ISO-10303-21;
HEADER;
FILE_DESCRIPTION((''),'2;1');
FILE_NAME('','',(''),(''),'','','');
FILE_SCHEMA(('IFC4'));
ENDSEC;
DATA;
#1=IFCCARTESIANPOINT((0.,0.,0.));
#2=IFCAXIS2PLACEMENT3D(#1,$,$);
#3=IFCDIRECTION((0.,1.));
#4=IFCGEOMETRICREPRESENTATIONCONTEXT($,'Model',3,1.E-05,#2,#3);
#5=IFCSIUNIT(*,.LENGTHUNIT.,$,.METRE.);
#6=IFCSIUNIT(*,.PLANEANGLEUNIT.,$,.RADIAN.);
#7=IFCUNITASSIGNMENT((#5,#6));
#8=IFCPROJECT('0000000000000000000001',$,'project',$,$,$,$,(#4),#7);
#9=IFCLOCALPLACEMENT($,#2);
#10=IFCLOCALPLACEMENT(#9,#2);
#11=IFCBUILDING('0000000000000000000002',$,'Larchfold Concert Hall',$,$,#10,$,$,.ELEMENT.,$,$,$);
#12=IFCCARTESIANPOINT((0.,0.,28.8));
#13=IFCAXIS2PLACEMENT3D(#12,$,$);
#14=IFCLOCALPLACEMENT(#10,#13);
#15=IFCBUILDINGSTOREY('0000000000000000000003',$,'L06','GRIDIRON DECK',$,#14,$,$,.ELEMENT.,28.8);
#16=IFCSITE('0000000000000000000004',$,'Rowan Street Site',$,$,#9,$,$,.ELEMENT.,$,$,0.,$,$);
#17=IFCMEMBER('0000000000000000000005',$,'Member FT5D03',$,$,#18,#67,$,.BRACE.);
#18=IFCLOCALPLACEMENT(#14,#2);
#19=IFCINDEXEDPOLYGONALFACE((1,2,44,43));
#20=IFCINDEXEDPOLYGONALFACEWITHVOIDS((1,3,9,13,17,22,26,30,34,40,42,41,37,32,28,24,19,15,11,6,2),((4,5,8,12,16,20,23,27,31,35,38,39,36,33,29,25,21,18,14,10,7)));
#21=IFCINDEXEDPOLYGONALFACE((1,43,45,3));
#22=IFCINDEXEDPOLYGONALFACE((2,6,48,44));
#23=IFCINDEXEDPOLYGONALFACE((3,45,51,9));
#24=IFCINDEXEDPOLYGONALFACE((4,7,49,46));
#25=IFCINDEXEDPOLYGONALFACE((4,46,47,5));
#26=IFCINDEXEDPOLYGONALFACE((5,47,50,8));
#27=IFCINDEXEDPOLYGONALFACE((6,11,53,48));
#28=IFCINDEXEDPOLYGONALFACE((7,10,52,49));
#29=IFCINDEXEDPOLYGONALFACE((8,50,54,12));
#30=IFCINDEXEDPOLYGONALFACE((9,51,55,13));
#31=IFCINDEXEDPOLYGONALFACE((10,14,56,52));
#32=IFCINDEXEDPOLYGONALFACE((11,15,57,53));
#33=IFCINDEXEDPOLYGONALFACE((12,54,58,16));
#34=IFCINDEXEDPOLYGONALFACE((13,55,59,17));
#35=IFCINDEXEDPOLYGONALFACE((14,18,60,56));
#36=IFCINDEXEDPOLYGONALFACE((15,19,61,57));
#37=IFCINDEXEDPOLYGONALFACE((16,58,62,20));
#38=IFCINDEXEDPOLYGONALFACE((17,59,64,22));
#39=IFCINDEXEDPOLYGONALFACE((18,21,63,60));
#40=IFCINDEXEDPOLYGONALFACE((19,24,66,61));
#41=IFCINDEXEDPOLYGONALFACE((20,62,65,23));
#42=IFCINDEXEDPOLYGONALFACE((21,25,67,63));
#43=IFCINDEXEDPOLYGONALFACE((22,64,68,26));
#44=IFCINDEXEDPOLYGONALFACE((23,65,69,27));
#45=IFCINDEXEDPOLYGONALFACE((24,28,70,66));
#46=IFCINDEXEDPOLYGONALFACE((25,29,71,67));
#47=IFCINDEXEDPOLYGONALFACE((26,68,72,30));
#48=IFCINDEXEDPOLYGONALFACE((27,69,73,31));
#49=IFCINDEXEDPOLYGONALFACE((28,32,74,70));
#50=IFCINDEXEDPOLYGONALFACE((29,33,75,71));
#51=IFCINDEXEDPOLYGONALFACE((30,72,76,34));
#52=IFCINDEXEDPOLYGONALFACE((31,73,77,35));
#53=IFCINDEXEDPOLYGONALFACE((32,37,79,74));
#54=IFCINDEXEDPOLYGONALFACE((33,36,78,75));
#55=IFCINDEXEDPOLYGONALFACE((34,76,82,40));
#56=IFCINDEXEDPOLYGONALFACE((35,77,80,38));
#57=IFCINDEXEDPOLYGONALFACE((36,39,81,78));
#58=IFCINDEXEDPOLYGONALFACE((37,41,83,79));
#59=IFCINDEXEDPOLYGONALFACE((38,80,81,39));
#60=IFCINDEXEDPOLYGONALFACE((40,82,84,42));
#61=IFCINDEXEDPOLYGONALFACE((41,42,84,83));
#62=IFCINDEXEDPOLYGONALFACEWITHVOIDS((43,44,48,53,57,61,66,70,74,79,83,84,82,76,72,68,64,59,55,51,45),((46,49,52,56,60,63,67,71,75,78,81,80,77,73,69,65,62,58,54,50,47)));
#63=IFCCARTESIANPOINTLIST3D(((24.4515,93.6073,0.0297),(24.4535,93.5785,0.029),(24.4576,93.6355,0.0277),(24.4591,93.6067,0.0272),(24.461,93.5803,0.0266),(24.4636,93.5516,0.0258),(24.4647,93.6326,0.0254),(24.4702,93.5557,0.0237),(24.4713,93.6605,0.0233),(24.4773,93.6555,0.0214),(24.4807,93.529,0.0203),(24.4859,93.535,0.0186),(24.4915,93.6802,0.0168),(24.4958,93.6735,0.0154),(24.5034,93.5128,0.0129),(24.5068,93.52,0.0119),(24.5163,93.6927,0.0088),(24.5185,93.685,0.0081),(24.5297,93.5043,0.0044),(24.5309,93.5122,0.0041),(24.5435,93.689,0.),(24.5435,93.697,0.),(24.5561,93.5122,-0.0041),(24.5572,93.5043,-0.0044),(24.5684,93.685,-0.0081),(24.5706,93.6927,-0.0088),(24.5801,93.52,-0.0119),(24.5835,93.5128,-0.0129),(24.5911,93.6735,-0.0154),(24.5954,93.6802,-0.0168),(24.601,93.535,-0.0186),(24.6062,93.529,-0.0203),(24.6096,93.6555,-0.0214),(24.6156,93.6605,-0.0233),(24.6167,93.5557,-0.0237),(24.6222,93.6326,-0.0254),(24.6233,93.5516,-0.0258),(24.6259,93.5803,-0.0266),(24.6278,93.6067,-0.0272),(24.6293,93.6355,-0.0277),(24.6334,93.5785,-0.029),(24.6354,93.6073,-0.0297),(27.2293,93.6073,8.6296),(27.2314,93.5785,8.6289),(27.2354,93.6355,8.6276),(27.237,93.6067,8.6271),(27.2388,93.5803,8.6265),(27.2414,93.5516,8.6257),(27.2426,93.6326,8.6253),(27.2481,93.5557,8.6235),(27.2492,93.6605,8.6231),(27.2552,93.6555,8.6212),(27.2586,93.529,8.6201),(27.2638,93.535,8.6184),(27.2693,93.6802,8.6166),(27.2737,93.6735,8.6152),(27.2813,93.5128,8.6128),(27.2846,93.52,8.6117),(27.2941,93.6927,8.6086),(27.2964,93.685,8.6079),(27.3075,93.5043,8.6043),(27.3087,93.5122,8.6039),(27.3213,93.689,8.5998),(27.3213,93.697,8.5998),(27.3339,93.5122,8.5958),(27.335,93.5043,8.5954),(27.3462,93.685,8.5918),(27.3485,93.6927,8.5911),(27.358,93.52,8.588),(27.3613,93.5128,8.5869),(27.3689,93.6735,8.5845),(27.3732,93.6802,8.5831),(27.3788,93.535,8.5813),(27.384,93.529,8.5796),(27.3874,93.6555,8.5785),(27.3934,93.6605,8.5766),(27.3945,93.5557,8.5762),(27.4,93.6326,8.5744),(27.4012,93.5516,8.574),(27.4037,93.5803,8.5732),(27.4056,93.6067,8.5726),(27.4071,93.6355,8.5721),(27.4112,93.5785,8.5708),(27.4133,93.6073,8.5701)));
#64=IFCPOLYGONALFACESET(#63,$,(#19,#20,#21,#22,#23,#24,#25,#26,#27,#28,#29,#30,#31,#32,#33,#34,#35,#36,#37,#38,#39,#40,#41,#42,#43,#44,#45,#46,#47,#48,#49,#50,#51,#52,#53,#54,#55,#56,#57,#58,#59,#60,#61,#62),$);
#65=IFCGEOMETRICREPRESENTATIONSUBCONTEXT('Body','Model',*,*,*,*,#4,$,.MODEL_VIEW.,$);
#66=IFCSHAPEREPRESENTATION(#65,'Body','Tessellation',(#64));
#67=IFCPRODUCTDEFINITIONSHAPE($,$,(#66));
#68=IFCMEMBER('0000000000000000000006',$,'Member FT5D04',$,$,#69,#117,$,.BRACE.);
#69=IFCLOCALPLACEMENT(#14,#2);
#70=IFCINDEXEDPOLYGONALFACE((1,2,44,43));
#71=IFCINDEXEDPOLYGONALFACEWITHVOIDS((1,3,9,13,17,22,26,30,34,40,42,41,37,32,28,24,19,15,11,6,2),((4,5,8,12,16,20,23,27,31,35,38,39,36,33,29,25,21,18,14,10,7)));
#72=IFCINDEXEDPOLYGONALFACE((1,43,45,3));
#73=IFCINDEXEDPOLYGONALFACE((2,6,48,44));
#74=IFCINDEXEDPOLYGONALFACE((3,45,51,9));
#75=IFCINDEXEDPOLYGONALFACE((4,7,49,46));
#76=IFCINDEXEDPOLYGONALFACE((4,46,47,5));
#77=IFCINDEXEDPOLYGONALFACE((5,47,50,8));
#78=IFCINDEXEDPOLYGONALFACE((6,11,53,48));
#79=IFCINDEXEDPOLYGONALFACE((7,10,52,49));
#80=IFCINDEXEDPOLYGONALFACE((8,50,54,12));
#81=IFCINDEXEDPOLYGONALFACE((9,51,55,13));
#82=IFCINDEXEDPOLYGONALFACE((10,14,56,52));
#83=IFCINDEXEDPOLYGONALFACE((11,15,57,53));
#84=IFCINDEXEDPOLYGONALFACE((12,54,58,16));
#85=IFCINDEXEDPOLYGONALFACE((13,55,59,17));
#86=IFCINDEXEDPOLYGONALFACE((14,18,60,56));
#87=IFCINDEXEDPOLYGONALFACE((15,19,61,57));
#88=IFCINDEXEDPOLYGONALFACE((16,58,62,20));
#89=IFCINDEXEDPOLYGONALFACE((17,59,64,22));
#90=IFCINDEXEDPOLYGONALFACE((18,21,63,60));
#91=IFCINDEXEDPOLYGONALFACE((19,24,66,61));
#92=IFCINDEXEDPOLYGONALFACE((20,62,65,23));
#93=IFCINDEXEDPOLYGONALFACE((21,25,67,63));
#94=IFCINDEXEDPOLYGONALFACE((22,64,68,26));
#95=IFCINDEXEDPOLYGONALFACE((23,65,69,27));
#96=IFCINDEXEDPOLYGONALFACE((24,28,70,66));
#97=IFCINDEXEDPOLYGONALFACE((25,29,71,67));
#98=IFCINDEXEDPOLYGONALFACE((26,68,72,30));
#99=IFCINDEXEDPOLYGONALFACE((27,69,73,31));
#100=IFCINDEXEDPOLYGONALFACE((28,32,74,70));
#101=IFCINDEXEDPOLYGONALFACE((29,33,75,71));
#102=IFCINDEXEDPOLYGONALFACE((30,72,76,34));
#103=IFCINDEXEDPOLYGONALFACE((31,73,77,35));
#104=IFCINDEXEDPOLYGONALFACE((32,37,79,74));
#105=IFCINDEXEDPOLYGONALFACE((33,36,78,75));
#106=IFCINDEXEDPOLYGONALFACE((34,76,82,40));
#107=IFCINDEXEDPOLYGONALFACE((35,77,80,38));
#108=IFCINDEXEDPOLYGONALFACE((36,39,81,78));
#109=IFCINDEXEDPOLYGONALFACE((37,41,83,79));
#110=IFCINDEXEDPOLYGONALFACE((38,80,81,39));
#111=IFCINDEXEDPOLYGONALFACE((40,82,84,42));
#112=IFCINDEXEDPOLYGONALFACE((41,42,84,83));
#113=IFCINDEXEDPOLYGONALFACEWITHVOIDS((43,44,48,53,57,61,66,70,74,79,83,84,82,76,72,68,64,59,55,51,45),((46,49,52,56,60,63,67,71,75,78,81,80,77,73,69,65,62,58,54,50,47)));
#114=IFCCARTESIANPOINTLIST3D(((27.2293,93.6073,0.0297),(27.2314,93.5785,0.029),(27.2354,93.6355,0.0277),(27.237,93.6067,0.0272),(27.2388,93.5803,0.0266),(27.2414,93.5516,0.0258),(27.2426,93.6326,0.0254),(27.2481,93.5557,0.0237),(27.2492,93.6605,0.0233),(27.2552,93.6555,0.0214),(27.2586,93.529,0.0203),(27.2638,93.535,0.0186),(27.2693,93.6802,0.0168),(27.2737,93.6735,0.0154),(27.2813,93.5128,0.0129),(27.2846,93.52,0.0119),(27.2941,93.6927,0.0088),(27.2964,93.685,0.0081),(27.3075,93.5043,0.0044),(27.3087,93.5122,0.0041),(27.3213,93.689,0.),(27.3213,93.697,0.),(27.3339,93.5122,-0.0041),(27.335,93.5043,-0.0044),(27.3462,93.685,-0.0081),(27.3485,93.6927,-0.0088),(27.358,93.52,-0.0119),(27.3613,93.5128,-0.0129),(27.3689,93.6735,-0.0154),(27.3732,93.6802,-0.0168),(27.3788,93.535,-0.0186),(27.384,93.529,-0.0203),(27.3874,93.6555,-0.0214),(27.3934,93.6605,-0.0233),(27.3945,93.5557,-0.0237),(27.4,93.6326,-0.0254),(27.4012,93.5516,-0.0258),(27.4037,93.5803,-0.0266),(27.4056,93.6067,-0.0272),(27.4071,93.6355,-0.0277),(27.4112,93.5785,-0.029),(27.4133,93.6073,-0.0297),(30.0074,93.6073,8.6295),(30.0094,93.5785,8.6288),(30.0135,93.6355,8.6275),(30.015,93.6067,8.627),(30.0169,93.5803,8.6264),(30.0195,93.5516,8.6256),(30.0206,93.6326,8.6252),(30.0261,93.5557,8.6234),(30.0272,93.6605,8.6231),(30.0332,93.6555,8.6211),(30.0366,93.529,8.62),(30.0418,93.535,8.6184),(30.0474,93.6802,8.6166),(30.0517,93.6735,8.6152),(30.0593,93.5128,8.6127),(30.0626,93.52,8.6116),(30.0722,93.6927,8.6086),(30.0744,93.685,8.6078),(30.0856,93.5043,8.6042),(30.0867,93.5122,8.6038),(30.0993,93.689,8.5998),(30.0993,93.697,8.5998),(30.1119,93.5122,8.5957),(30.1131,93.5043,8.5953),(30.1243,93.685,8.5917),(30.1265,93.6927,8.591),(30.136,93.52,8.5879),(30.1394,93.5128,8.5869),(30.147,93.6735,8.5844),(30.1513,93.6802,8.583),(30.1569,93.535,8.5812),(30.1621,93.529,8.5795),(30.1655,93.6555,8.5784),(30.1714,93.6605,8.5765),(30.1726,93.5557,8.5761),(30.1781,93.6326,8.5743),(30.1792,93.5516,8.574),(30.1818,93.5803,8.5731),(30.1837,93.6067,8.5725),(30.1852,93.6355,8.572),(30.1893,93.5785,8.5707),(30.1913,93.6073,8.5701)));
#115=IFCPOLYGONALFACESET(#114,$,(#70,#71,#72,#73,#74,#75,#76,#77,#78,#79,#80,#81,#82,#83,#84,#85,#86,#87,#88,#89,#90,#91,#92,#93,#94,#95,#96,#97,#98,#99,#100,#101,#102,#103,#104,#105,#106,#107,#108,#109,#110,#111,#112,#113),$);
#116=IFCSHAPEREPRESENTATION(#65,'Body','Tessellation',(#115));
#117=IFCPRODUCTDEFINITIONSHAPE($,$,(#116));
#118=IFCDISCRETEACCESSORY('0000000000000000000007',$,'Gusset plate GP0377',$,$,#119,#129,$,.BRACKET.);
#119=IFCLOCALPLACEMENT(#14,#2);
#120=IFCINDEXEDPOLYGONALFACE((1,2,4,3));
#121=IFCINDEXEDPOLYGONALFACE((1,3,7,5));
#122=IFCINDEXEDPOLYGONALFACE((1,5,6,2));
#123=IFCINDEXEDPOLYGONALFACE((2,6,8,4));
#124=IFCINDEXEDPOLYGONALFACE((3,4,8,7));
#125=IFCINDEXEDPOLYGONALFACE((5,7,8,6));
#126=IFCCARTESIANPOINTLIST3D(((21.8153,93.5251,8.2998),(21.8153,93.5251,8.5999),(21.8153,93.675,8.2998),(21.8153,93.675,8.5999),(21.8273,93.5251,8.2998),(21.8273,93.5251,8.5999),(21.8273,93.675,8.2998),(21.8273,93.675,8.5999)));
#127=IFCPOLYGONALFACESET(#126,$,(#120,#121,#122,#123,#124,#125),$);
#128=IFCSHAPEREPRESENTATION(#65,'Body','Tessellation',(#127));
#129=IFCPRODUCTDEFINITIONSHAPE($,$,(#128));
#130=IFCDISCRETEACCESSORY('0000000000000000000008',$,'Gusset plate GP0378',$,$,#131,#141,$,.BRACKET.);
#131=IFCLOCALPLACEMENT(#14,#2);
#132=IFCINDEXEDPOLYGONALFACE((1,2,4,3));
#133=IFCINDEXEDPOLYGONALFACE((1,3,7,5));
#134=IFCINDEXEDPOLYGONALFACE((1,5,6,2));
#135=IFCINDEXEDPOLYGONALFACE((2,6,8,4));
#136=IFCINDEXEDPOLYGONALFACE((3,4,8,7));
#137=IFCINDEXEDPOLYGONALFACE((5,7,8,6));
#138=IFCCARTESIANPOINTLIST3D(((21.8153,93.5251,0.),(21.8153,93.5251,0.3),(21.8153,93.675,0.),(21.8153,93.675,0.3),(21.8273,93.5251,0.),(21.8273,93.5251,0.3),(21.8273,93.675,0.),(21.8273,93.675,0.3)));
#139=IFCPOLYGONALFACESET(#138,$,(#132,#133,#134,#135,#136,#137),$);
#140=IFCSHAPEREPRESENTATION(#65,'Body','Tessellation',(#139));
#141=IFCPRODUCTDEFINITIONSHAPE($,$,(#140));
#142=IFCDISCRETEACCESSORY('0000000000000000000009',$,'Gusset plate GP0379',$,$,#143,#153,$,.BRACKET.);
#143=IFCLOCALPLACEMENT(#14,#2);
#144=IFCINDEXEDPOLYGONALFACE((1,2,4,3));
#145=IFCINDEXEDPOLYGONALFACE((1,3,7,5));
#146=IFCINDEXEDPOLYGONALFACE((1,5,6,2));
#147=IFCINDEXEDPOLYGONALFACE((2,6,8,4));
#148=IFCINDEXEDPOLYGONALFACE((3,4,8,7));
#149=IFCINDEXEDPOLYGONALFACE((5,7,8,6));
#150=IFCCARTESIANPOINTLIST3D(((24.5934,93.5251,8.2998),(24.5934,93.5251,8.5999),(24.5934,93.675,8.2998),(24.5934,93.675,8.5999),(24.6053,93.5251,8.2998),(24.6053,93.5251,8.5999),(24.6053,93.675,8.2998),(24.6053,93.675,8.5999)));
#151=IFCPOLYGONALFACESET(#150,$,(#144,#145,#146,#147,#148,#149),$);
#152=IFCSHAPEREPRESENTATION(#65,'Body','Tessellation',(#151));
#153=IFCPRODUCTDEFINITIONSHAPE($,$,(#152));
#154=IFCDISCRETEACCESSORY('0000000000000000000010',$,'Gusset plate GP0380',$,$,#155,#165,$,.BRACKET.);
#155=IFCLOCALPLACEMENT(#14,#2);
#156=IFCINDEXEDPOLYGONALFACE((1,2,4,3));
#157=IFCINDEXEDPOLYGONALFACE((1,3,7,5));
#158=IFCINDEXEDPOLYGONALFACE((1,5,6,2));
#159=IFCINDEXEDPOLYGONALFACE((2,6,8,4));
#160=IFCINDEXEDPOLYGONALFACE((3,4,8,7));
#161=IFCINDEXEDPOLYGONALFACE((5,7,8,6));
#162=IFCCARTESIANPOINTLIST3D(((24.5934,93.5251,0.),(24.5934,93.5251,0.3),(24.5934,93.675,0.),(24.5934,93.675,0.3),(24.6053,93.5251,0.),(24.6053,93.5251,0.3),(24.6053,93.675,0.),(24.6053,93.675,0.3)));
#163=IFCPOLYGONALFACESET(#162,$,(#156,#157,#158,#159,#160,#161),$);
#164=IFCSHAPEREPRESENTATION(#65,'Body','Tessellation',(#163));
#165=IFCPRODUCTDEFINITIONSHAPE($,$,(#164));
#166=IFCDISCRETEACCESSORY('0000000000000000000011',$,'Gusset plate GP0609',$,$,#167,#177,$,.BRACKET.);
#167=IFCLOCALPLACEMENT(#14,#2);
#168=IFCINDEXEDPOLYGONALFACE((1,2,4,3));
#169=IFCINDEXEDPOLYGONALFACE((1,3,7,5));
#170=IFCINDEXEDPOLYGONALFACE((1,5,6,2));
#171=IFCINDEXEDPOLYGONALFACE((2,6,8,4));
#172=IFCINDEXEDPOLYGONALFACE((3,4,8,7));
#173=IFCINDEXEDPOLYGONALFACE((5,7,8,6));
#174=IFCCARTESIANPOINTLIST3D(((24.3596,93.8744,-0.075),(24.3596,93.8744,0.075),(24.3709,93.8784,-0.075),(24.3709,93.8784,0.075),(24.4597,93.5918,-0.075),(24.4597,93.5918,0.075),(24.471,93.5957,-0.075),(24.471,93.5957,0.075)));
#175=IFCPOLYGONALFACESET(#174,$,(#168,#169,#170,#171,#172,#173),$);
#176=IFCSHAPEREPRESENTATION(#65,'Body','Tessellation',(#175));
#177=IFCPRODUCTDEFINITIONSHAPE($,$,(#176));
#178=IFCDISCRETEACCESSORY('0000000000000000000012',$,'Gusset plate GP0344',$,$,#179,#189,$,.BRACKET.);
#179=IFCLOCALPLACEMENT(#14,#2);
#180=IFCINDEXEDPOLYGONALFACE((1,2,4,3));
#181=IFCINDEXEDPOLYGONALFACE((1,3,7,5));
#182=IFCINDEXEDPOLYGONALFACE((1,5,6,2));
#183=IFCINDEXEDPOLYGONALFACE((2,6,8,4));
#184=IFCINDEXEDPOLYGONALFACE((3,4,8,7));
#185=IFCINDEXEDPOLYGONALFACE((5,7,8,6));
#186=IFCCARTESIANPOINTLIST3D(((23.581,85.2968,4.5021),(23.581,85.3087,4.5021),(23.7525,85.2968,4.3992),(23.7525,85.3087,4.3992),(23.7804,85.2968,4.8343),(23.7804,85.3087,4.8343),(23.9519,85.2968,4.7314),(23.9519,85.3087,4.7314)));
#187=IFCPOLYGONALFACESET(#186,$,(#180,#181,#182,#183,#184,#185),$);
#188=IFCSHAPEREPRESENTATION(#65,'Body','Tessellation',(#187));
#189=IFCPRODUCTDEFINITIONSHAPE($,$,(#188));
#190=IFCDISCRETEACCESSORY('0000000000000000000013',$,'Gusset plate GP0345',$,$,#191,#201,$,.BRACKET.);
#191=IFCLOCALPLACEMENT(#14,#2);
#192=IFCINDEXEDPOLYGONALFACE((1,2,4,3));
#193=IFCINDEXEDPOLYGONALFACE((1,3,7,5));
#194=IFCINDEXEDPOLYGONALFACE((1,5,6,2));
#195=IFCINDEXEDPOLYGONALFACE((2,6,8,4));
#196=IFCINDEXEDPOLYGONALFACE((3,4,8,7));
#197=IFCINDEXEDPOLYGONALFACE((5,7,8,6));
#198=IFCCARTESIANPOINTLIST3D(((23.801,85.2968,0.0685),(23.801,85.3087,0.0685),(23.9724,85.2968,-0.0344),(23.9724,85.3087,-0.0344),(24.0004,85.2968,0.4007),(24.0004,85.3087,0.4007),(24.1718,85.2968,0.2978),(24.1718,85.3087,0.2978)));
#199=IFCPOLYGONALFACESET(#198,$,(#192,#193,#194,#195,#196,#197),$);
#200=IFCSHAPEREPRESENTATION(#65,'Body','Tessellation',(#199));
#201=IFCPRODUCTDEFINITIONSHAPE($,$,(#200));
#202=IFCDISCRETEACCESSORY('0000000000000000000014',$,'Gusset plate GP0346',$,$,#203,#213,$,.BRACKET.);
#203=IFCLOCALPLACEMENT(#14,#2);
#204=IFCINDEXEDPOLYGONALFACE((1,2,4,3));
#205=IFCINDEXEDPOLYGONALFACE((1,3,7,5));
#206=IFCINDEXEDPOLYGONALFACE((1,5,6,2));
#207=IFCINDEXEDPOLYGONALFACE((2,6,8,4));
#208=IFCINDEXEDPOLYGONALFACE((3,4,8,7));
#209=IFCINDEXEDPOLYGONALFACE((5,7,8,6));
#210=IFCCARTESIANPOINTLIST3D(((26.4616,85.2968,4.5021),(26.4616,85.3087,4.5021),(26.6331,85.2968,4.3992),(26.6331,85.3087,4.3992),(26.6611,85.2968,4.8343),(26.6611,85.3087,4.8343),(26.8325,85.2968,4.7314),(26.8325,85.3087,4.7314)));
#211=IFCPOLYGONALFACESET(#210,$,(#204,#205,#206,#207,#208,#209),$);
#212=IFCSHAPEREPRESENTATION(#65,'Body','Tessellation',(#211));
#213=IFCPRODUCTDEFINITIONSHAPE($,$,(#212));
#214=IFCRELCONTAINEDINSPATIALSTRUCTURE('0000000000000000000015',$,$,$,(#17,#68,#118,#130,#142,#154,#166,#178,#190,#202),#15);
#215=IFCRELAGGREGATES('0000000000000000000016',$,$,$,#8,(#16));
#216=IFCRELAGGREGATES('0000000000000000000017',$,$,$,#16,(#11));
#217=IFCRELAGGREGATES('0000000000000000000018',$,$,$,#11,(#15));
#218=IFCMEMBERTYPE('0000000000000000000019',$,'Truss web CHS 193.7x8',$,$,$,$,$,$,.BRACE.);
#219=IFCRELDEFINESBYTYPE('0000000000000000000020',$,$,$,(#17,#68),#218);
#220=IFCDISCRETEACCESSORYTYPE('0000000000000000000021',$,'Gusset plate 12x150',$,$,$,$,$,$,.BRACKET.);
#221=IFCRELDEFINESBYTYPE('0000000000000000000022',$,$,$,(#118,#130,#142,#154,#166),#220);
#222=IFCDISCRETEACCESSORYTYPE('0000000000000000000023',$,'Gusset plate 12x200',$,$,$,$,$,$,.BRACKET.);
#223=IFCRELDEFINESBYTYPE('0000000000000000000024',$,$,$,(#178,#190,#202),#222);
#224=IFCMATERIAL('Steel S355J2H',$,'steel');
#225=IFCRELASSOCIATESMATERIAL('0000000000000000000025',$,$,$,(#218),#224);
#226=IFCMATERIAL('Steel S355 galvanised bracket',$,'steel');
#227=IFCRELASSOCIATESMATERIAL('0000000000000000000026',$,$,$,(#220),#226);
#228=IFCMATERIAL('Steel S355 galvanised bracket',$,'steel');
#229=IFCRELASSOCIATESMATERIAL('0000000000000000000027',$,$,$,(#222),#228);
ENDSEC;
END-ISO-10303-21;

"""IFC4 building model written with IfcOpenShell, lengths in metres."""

from ifc_helpers import new_model, si_unit, direction, frame, origin, origin_2d, place, context, subcontext, project, spatial, rectangle, hollow_circle, extrude, material, material_profile, profile_set, type_object, element, save


model = new_model("IFC4")

# Units and contexts
model_context = context("Model", 3, precision=1e-05, world=origin(), true_north=direction((0.0, 1.0)))
body_context = subcontext(model_context, "Body", "Model", "MODEL_VIEW")
ifc_project = project(units=[si_unit("LENGTHUNIT", "METRE"), si_unit("PLANEANGLEUNIT", "RADIAN")], contexts=[model_context])

# Site, building, storey
site_placement = place(None, origin())
site = spatial("IfcSite", under=ifc_project, at=site_placement, Name="Rowan Street Site", CompositionType="ELEMENT", RefElevation=0.0)
building_placement = place(site_placement, origin())
building = spatial("IfcBuilding", under=site, at=building_placement, Name="Larchfold Concert Hall", CompositionType="ELEMENT")
storey_placement = place(building_placement, frame((0.0, 0.0, 28.8)))
storey = spatial("IfcBuildingStorey", under=building, at=storey_placement, Name="L06", Description="GRIDIRON DECK", CompositionType="ELEMENT", Elevation=28.8)

# Members
ifc_material_1 = material(Name="Steel S355J2H", Category="steel")
ifc_material_profile_1 = material_profile(ifc_material_1, hollow_circle(Radius=0.0969, WallThickness=0.0081, at=origin_2d()))
ifc_profile_set_1 = profile_set([ifc_material_profile_1], Name="Steel S355J2H")
member_type_1 = type_object("IfcMemberType", Name="Truss web CHS 193.7x8", PredefinedType="BRACE", material=ifc_profile_set_1)
for number, where, z_axis, x_axis, name in (
    (1, (24.5435, 93.6001, 0.0), (0.307372, 0.0, 0.951589), (0.0, 1.0, 0.0), "Member FT5D03"),
    (2, (27.3213, 93.6001, 0.0), (0.307397, 0.0, 0.951581), (0.0, 1.0, 0.0), "Member FT5D04"),
):
    element("IfcMember", number, at=place(storey_placement, frame(where, z_axis=z_axis, x_axis=x_axis)), inside=storey, type_object=member_type_1, Name=name, PredefinedType="BRACE", context=body_context, shape_type="SweptSolid", body=[
        extrude(hollow_circle(Radius=0.0969, WallThickness=0.0081, at=origin_2d()), origin(), (0.0, 0.0, 1.0), 9.0374),
    ])

# Discrete accessories
ifc_material_2 = material(Name="Steel S355 galvanised bracket", Category="steel")
ifc_material_profile_2 = material_profile(ifc_material_2, rectangle(XDim=0.012, YDim=0.1499, at=origin_2d()))
ifc_profile_set_2 = profile_set([ifc_material_profile_2], Name="Steel S355 galvanised bracket")
discrete_accessory_type_1 = type_object("IfcDiscreteAccessoryType", Name="Gusset plate 12x150", PredefinedType="BRACKET", material=ifc_profile_set_2)
for number, where, z_axis, x_axis, name in (
    (3, (21.8213, 93.6001, 8.5999), (0.0, 0.0, -1.0), (1.0, 0.0, 0.0), "Gusset plate GP0377"),
    (4, (21.8213, 93.6001, 0.3), (0.0, 0.0, -1.0), (1.0, 0.0, 0.0), "Gusset plate GP0378"),
    (5, (24.5994, 93.6001, 8.5999), (0.0, 0.0, -1.0), (1.0, 0.0, 0.0), "Gusset plate GP0379"),
    (6, (24.5994, 93.6001, 0.3), (0.0, 0.0, -1.0), (1.0, 0.0, 0.0), "Gusset plate GP0380"),
):
    element("IfcDiscreteAccessory", number, at=place(storey_placement, frame(where, z_axis=z_axis, x_axis=x_axis)), inside=storey, type_object=discrete_accessory_type_1, Name=name, PredefinedType="BRACKET", context=body_context, shape_type="SweptSolid", body=[
        extrude(rectangle(XDim=0.012, YDim=0.1499, at=origin_2d()), origin(), (0.0, 0.0, 1.0), 0.3),
    ])
discrete_accessory_placement = place(storey_placement, frame((24.4653, 93.5938, 0.0), z_axis=(-0.333757, 0.942659, 0.0), x_axis=(-0.942659, -0.333757, 0.0)))
element("IfcDiscreteAccessory", 7, at=discrete_accessory_placement, inside=storey, type_object=discrete_accessory_type_1, Name="Gusset plate GP0609", PredefinedType="BRACKET", context=body_context, shape_type="SweptSolid", body=[
    extrude(rectangle(XDim=0.012, YDim=0.1499, at=origin_2d()), origin(), (0.0, 0.0, 1.0), 0.2998),
])
ifc_material_3 = material(Name="Steel S355 galvanised bracket", Category="steel")
ifc_material_profile_3 = material_profile(ifc_material_3, rectangle(XDim=0.012, YDim=0.2, at=origin_2d()))
ifc_profile_set_3 = profile_set([ifc_material_profile_3], Name="Steel S355 galvanised bracket")
discrete_accessory_type_2 = type_object("IfcDiscreteAccessoryType", Name="Gusset plate 12x200", PredefinedType="BRACKET", material=ifc_profile_set_3)
for number, where, z_axis, x_axis, name in (
    (8, (23.6667, 85.3027, 4.4507), (0.514681, 0.0, 0.857382), (0.0, 1.0, 0.0), "Gusset plate GP0344"),
    (9, (23.8867, 85.3027, 0.0171), (0.514681, 0.0, 0.857382), (0.0, 1.0, 0.0), "Gusset plate GP0345"),
    (10, (26.5474, 85.3027, 4.4507), (0.514681, 0.0, 0.857382), (0.0, 1.0, 0.0), "Gusset plate GP0346"),
):
    element("IfcDiscreteAccessory", number, at=place(storey_placement, frame(where, z_axis=z_axis, x_axis=x_axis)), inside=storey, type_object=discrete_accessory_type_2, Name=name, PredefinedType="BRACKET", context=body_context, shape_type="SweptSolid", body=[
        extrude(rectangle(XDim=0.012, YDim=0.2, at=origin_2d()), origin(), (0.0, 0.0, 1.0), 0.3875),
    ])

save(model, "model.ifc")
